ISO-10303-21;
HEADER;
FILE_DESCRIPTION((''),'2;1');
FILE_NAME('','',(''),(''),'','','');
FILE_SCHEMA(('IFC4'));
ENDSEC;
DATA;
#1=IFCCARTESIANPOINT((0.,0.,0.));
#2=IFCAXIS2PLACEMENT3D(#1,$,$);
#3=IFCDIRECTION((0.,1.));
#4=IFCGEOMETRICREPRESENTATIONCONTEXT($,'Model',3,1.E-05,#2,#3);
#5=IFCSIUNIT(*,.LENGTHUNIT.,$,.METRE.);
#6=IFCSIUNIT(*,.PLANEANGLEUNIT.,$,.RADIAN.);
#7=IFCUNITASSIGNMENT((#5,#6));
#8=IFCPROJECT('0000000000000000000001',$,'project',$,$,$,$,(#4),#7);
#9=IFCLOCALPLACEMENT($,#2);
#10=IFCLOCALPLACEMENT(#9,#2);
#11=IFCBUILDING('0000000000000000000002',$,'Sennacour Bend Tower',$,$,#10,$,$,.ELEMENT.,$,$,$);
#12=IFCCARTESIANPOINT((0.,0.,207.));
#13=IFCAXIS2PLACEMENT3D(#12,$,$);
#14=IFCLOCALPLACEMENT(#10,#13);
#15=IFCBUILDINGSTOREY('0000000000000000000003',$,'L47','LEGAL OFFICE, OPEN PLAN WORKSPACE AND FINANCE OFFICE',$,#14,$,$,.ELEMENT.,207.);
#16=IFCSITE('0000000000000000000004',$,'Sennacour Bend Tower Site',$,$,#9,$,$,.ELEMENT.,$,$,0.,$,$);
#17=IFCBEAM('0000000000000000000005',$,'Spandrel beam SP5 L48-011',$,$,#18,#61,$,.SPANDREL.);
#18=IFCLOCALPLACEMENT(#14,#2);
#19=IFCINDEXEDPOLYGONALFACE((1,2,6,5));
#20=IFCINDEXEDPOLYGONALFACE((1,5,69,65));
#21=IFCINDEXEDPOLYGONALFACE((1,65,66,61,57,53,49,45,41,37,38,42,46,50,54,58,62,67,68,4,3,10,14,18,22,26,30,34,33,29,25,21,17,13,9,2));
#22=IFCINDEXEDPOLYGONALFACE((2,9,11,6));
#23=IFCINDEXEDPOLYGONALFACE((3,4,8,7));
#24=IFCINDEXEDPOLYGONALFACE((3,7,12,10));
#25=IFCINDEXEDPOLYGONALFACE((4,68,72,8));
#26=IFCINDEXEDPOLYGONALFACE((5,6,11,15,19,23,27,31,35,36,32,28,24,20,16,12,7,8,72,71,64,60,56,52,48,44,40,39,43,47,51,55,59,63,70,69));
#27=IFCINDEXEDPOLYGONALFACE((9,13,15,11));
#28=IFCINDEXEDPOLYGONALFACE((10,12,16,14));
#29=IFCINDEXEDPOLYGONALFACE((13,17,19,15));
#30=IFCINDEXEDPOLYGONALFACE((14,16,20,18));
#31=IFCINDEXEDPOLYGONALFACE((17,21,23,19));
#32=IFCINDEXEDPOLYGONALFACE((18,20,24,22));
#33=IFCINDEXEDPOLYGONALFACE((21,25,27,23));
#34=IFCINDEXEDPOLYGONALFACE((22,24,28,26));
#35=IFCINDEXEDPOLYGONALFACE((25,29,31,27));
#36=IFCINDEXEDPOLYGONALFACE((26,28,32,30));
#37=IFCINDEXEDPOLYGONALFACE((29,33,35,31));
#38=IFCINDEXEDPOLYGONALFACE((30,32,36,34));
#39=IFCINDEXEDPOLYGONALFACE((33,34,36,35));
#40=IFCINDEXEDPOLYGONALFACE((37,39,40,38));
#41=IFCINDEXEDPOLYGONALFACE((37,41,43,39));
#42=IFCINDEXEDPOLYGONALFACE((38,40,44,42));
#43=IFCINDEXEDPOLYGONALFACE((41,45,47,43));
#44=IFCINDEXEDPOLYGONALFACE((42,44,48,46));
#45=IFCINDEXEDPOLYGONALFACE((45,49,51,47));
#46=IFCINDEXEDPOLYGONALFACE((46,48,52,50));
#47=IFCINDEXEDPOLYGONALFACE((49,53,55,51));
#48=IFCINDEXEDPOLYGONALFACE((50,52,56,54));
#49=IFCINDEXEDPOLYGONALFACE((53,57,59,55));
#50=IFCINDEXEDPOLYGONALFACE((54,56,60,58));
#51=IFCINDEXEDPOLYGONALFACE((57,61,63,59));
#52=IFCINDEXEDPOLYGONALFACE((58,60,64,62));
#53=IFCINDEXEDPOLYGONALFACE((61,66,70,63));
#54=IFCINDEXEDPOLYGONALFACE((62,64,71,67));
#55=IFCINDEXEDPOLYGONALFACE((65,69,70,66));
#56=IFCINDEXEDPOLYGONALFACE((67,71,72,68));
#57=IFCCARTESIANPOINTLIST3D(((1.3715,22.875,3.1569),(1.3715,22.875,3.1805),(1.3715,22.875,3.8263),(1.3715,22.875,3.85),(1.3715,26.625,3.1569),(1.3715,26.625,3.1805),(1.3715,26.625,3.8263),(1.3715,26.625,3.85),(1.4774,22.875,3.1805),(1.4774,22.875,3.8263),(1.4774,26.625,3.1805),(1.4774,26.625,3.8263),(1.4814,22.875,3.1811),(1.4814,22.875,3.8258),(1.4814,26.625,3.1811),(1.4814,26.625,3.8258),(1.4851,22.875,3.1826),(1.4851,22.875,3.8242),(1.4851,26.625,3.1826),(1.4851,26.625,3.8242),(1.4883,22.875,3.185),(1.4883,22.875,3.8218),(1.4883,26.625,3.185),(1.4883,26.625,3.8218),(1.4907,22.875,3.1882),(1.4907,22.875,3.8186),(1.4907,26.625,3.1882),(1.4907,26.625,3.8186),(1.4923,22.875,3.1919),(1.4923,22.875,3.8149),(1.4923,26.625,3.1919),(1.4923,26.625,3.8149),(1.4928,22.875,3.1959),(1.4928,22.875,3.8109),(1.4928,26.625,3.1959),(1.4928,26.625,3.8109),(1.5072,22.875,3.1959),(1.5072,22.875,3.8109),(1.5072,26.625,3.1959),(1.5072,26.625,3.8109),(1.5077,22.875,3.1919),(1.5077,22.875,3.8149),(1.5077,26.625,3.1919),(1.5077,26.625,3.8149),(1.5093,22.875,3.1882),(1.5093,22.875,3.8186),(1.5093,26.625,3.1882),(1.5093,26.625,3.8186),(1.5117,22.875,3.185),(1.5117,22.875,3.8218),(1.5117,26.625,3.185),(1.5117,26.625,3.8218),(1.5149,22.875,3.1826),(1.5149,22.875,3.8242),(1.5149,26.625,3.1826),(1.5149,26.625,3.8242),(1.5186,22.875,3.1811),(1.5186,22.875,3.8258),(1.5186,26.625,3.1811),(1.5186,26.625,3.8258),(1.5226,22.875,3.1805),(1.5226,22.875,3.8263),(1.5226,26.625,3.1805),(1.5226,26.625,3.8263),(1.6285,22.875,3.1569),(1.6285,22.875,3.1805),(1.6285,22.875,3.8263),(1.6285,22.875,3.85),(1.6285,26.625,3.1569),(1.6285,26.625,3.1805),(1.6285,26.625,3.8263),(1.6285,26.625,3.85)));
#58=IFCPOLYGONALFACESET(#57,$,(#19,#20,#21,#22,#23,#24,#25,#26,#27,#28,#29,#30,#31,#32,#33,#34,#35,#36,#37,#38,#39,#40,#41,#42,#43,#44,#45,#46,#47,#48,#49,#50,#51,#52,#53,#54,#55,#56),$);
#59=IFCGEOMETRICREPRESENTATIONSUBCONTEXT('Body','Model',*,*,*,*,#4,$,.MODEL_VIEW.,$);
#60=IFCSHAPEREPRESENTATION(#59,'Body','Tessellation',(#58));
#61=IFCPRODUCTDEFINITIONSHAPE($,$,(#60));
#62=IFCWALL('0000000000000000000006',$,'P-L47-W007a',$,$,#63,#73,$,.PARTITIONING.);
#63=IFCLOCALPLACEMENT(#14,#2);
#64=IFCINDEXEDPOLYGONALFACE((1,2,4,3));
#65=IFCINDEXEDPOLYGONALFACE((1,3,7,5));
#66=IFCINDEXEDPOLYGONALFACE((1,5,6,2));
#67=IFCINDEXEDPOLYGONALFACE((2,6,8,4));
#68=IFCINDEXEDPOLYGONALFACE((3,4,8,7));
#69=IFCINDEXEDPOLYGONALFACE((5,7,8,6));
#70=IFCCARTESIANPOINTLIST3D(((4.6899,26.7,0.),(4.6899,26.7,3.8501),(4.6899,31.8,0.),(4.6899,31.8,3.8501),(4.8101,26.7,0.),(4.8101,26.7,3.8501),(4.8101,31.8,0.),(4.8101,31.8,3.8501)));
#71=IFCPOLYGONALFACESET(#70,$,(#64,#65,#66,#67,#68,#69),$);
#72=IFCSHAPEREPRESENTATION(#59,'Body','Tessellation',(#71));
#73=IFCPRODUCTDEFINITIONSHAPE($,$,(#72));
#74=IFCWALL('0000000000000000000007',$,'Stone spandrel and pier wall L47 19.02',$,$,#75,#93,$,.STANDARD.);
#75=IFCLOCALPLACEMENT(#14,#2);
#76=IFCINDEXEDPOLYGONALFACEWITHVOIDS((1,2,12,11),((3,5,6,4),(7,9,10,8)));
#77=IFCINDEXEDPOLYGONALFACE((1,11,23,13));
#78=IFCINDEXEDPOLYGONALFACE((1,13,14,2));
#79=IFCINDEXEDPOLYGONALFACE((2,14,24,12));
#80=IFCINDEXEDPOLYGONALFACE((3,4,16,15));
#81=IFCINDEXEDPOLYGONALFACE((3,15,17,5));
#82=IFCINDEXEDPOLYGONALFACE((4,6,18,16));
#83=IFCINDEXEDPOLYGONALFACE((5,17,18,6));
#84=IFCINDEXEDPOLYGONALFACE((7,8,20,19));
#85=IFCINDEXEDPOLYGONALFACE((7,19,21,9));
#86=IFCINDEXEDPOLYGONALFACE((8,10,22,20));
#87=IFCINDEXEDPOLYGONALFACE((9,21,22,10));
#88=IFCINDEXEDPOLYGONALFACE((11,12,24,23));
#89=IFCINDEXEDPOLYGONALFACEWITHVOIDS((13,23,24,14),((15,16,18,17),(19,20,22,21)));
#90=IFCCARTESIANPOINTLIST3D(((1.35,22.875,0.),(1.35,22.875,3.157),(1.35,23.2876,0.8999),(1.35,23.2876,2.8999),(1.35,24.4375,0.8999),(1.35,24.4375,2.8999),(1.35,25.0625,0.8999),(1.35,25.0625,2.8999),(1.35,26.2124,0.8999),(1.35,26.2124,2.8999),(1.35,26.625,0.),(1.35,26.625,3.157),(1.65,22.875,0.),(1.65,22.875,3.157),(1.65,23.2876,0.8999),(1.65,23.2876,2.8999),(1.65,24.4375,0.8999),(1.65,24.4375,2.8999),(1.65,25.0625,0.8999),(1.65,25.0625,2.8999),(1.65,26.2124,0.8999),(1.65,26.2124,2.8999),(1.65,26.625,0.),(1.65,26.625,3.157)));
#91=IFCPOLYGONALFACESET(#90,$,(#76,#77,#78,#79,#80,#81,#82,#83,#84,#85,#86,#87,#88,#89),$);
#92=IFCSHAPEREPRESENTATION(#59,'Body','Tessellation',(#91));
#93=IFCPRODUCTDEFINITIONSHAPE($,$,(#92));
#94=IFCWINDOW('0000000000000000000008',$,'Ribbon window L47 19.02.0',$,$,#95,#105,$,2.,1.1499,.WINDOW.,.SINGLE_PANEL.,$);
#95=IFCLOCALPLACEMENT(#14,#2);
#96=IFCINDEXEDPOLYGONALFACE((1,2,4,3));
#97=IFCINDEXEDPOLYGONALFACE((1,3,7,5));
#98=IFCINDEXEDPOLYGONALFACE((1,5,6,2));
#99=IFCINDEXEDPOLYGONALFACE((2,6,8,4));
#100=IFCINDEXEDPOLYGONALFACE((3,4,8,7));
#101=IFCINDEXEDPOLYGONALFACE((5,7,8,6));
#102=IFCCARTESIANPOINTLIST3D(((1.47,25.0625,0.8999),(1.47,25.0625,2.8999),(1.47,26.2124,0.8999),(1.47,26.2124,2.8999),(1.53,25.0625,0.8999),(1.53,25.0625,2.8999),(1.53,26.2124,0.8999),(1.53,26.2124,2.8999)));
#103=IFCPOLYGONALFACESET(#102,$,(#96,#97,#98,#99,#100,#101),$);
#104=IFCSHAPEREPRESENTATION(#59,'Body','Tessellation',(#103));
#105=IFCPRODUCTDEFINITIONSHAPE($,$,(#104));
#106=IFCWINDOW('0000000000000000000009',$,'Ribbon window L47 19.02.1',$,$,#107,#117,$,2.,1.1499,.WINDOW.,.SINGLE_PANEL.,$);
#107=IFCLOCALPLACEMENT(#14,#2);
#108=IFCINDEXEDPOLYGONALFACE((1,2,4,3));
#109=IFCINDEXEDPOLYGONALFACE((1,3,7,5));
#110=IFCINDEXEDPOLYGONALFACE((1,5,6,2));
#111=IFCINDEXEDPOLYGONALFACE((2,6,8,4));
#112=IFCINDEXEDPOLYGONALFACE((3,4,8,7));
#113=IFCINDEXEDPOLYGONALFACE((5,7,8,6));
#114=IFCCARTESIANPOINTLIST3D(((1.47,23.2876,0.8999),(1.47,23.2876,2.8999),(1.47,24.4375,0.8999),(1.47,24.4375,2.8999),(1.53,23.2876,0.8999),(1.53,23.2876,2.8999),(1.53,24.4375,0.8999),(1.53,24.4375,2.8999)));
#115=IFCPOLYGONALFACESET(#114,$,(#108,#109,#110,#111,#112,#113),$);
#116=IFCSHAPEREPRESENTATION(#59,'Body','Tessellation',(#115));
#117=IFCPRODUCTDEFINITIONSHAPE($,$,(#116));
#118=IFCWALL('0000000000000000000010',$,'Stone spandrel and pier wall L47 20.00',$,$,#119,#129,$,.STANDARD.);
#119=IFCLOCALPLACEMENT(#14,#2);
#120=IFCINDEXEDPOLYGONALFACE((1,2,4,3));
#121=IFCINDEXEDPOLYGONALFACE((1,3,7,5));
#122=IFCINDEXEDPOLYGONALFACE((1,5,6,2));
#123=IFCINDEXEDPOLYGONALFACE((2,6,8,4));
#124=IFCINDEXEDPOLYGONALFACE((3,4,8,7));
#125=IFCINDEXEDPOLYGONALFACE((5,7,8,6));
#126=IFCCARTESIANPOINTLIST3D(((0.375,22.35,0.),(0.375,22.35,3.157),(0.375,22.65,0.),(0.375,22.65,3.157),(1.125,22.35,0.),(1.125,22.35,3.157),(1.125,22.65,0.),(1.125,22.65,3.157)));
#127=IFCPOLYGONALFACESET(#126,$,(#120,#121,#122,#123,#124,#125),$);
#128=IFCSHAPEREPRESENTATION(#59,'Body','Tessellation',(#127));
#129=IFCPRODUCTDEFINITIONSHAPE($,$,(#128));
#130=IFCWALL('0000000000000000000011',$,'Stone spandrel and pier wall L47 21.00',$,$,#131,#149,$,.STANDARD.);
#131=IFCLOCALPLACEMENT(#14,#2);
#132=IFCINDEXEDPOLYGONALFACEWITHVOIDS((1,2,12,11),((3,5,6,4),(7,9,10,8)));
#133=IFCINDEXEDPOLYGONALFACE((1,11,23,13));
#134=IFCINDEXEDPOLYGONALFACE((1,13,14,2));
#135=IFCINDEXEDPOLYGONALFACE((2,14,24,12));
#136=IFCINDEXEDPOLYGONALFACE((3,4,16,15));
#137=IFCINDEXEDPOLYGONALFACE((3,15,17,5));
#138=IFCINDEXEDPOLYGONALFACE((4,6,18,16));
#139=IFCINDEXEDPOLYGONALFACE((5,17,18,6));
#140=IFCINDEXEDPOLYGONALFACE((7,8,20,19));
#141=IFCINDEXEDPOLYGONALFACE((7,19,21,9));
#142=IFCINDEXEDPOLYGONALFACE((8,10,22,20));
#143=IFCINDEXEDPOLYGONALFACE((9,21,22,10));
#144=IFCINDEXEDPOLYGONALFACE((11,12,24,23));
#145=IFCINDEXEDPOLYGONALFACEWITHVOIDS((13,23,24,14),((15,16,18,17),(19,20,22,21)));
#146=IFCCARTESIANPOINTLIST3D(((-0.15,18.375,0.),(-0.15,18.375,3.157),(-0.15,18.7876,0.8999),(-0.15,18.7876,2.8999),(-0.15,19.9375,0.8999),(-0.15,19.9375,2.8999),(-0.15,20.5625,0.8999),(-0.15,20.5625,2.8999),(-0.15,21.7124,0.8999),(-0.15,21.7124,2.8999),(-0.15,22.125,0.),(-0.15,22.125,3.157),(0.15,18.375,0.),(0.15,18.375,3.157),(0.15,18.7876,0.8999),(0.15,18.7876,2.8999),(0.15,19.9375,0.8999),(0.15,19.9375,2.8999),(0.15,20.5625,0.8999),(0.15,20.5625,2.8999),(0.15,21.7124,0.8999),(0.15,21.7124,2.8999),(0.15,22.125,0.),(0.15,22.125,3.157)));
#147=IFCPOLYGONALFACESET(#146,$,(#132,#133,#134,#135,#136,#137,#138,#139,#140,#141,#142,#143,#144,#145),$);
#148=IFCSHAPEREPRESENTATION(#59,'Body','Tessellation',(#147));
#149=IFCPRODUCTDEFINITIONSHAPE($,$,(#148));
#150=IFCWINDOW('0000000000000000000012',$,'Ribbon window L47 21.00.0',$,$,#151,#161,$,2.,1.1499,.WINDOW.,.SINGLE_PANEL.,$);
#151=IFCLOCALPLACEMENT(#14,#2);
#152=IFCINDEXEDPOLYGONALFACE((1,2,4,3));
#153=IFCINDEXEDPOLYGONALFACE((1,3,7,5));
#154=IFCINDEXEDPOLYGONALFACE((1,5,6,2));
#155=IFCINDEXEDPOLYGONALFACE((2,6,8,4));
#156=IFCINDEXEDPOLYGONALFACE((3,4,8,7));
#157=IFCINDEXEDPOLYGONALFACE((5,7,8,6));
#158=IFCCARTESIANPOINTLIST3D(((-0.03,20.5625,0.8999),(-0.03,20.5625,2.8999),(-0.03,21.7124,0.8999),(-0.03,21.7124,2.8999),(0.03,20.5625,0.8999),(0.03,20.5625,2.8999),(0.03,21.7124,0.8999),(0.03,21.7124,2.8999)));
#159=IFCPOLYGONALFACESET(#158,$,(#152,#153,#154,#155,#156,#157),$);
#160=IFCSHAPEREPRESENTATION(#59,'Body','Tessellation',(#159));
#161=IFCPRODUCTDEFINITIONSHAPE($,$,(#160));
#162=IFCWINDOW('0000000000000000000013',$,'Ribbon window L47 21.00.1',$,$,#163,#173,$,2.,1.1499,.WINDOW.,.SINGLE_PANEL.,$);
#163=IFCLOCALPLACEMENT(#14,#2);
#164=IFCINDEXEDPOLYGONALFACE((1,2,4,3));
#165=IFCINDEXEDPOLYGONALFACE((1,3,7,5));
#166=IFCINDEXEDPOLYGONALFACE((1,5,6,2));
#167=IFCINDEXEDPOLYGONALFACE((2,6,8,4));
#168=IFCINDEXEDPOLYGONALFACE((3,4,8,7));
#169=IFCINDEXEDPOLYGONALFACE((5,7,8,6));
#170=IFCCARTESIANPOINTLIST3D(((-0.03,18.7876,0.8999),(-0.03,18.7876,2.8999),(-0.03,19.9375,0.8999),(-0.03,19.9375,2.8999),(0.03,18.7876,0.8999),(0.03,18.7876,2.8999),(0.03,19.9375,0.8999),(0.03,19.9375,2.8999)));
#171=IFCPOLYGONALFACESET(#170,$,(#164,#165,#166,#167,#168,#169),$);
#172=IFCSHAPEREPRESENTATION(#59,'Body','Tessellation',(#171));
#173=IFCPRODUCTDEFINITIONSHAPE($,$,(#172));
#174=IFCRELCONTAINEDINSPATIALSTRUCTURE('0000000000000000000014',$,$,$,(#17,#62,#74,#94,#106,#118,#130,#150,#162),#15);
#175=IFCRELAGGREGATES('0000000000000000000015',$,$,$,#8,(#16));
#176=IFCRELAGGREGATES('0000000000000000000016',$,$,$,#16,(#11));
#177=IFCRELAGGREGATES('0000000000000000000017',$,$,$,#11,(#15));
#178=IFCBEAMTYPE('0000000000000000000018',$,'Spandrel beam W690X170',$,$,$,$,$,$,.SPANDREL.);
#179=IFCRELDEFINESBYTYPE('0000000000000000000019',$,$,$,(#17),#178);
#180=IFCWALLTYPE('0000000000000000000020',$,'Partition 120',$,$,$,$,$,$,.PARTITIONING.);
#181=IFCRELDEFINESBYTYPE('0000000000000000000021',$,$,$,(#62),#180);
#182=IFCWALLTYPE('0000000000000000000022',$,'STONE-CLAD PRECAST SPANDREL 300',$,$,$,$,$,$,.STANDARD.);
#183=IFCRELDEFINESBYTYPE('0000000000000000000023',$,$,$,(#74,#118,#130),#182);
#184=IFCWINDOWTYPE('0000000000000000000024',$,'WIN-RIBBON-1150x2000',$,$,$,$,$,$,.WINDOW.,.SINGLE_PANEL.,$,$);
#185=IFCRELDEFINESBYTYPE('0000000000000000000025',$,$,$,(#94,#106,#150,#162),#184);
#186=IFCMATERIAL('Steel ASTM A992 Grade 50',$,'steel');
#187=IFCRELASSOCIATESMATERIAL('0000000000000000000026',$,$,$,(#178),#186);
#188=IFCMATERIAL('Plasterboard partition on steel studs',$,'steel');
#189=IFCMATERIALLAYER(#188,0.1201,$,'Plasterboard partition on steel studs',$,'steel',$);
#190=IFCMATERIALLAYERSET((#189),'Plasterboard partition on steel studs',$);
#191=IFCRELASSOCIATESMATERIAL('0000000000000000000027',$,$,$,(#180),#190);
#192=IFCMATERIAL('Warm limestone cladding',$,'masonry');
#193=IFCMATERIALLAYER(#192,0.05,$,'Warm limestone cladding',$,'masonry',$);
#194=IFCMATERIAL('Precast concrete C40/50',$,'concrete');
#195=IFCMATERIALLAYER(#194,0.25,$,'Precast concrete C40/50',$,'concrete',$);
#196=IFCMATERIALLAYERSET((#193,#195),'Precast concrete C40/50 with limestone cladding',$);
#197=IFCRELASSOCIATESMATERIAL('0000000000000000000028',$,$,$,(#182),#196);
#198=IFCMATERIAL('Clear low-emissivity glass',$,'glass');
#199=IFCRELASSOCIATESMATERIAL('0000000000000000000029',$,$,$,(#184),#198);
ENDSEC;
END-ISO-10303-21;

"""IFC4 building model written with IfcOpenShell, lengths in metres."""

from ifc_helpers import new_model, si_unit, direction, frame, frame_2d, origin, origin_2d, place, context, subcontext, project, spatial, rectangle, i_section, extrude, material, layer, layer_set, material_profile, profile_set, type_object, element, fill, save


model = new_model("IFC4")

# Units and contexts
model_context = context("Model", 3, precision=1e-05, world=origin(), true_north=direction((0.0, 1.0)))
body_context = subcontext(model_context, "Body", "Model", "MODEL_VIEW")
ifc_project = project(units=[si_unit("LENGTHUNIT", "METRE"), si_unit("PLANEANGLEUNIT", "RADIAN")], contexts=[model_context])

# Site, building, storey
site_placement = place(None, origin())
site = spatial("IfcSite", under=ifc_project, at=site_placement, Name="Sennacour Bend Tower Site", CompositionType="ELEMENT", RefElevation=0.0)
building_placement = place(site_placement, origin())
building = spatial("IfcBuilding", under=site, at=building_placement, Name="Sennacour Bend Tower", CompositionType="ELEMENT")
storey_placement = place(building_placement, frame((0.0, 0.0, 207.0)))
storey = spatial("IfcBuildingStorey", under=building, at=storey_placement, Name="L47", Description="LEGAL OFFICE, OPEN PLAN WORKSPACE AND FINANCE OFFICE", CompositionType="ELEMENT", Elevation=207.0)

# Beam
ifc_material_1 = material(Name="Steel ASTM A992 Grade 50", Category="steel")
ifc_material_profile_1 = material_profile(ifc_material_1, i_section(OverallWidth=0.2571, OverallDepth=0.6931, WebThickness=0.0144, FlangeThickness=0.0237, FilletRadius=0.0154, at=origin_2d()), Name="Steel ASTM A992 Grade 50", Category="steel")
ifc_profile_set_1 = profile_set([ifc_material_profile_1], Name="Steel ASTM A992 Grade 50")
beam_type_1 = type_object("IfcBeamType", Name="Spandrel beam W690X170", PredefinedType="SPANDREL", material=ifc_profile_set_1)
beam_1_placement = place(storey_placement, frame((1.5, 22.875, 3.5034), z_axis=(0.0, 1.0, 0.0), x_axis=(-1.0, 0.0, 0.0)))
element("IfcBeam", 1, at=beam_1_placement, inside=storey, type_object=beam_type_1, Name="Spandrel beam SP5 L48-011", PredefinedType="SPANDREL", context=body_context, shape_type="SweptSolid", body=[
    extrude(i_section(OverallWidth=0.2571, OverallDepth=0.6931, WebThickness=0.0144, FlangeThickness=0.0237, FilletRadius=0.0154, at=origin_2d()), origin(), (0.0, 0.0, 1.0), 3.75),
])

# Wall
ifc_material_2 = material(Name="Plasterboard partition on steel studs", Category="steel")
ifc_layer_1 = layer(ifc_material_2, 0.1201, Name="Plasterboard partition on steel studs", Category="steel")
ifc_layer_set_1 = layer_set([ifc_layer_1], Name="Plasterboard partition on steel studs")
wall_type_1 = type_object("IfcWallType", Name="Partition 120", PredefinedType="PARTITIONING", material=ifc_layer_set_1)
wall_1_placement = place(storey_placement, frame((4.75, 26.7, 0.0), z_axis=(0.0, 0.0, 1.0), x_axis=(0.0, 1.0, 0.0)))
element("IfcWall", 2, at=wall_1_placement, inside=storey, type_object=wall_type_1, Name="P-L47-W007a", PredefinedType="PARTITIONING", context=body_context, shape_type="SweptSolid", body=[
    extrude(rectangle(XDim=5.1001, YDim=0.1201, at=frame_2d((2.55, 0.0))), origin(), (0.0, 0.0, 1.0), 3.8501),
])

# Wall, openings, windows
ifc_material_3 = material(Name="Warm limestone cladding", Category="masonry")
ifc_layer_2 = layer(ifc_material_3, 0.05, Name="Warm limestone cladding", Category="masonry")
ifc_material_4 = material(Name="Precast concrete C40/50", Category="concrete")
ifc_layer_3 = layer(ifc_material_4, 0.25, Name="Precast concrete C40/50", Category="concrete")
ifc_layer_set_2 = layer_set([ifc_layer_2, ifc_layer_3], Name="Precast concrete C40/50 with limestone cladding")
wall_type_2 = type_object("IfcWallType", Name="STONE-CLAD PRECAST SPANDREL 300", PredefinedType="STANDARD", material=ifc_layer_set_2)
wall_2_placement = place(storey_placement, frame((1.5, 26.625, 0.0), z_axis=(0.0, 0.0, 1.0), x_axis=(0.0, -1.0, 0.0)))
wall_2 = element("IfcWall", 3, at=wall_2_placement, inside=storey, type_object=wall_type_2, Name="Stone spandrel and pier wall L47 19.02", PredefinedType="STANDARD", context=body_context, shape_type="SweptSolid", body=[
    extrude(rectangle(XDim=3.75, YDim=0.3, at=frame_2d((1.875, 0.0))), origin(), (0.0, 0.0, 1.0), 3.157),
])
opening_1_placement = place(wall_2_placement, frame((0.4126, 0.0, 0.8999)))
opening_1 = element("IfcOpeningElement", 4, at=opening_1_placement, cuts=wall_2, PredefinedType="OPENING", context=body_context, shape_type="SweptSolid", body=[
    extrude(rectangle(XDim=1.1499, YDim=2.0, at=frame_2d((0.575, 1.0))), frame((0.0, 0.1602, 0.0), z_axis=(0.0, -1.0, 0.0), x_axis=(1.0, 0.0, 0.0)), (0.0, 0.0, 1.0), 0.3201),
])
opening_2_placement = place(wall_2_placement, frame((2.1875, 0.0, 0.8999)))
opening_2 = element("IfcOpeningElement", 5, at=opening_2_placement, cuts=wall_2, PredefinedType="OPENING", context=body_context, shape_type="SweptSolid", body=[
    extrude(rectangle(XDim=1.1499, YDim=2.0, at=frame_2d((0.575, 1.0))), frame((0.0, 0.1602, 0.0), z_axis=(0.0, -1.0, 0.0), x_axis=(1.0, 0.0, 0.0)), (0.0, 0.0, 1.0), 0.3201),
])
ifc_material_5 = material(Name="Clear low-emissivity glass", Category="glass")
window_type = type_object("IfcWindowType", Name="WIN-RIBBON-1150x2000", PartitioningType="SINGLE_PANEL", PredefinedType="WINDOW", material=ifc_material_5)
window_1_placement = place(opening_1_placement, origin())
window_1 = element("IfcWindow", 6, at=window_1_placement, inside=storey, type_object=window_type, Name="Ribbon window L47 19.02.0", OverallHeight=2.0, OverallWidth=1.1499, PartitioningType="SINGLE_PANEL", PredefinedType="WINDOW", context=body_context, shape_type="SweptSolid", body=[
    extrude(rectangle(XDim=1.1499, YDim=2.0, at=frame_2d((0.575, 1.0))), frame((0.0, 0.03, 0.0), z_axis=(0.0, -1.0, 0.0), x_axis=(1.0, 0.0, 0.0)), (0.0, 0.0, 1.0), 0.0601),
])
fill(opening_1, window_1)
window_2_placement = place(opening_2_placement, origin())
window_2 = element("IfcWindow", 7, at=window_2_placement, inside=storey, type_object=window_type, Name="Ribbon window L47 19.02.1", OverallHeight=2.0, OverallWidth=1.1499, PartitioningType="SINGLE_PANEL", PredefinedType="WINDOW", context=body_context, shape_type="SweptSolid", body=[
    extrude(rectangle(XDim=1.1499, YDim=2.0, at=frame_2d((0.575, 1.0))), frame((0.0, 0.03, 0.0), z_axis=(0.0, -1.0, 0.0), x_axis=(1.0, 0.0, 0.0)), (0.0, 0.0, 1.0), 0.0601),
])
fill(opening_2, window_2)

# Wall
wall_3_placement = place(storey_placement, frame((1.125, 22.5, 0.0), z_axis=(0.0, 0.0, 1.0), x_axis=(-1.0, 0.0, 0.0)))
element("IfcWall", 8, at=wall_3_placement, inside=storey, type_object=wall_type_2, Name="Stone spandrel and pier wall L47 20.00", PredefinedType="STANDARD", context=body_context, shape_type="SweptSolid", body=[
    extrude(rectangle(XDim=0.75, YDim=0.3, at=frame_2d((0.375, 0.0))), origin(), (0.0, 0.0, 1.0), 3.157),
])

# Wall, openings, windows
wall_4_placement = place(storey_placement, frame((0.0, 22.125, 0.0), z_axis=(0.0, 0.0, 1.0), x_axis=(0.0, -1.0, 0.0)))
wall_4 = element("IfcWall", 9, at=wall_4_placement, inside=storey, type_object=wall_type_2, Name="Stone spandrel and pier wall L47 21.00", PredefinedType="STANDARD", context=body_context, shape_type="SweptSolid", body=[
    extrude(rectangle(XDim=3.75, YDim=0.3, at=frame_2d((1.875, 0.0))), origin(), (0.0, 0.0, 1.0), 3.157),
])
opening_3_placement = place(wall_4_placement, frame((0.4126, 0.0, 0.8999)))
opening_3 = element("IfcOpeningElement", 10, at=opening_3_placement, cuts=wall_4, PredefinedType="OPENING", context=body_context, shape_type="SweptSolid", body=[
    extrude(rectangle(XDim=1.1499, YDim=2.0, at=frame_2d((0.575, 1.0))), frame((0.0, 0.1602, 0.0), z_axis=(0.0, -1.0, 0.0), x_axis=(1.0, 0.0, 0.0)), (0.0, 0.0, 1.0), 0.3201),
])
opening_4_placement = place(wall_4_placement, frame((2.1875, 0.0, 0.8999)))
opening_4 = element("IfcOpeningElement", 11, at=opening_4_placement, cuts=wall_4, PredefinedType="OPENING", context=body_context, shape_type="SweptSolid", body=[
    extrude(rectangle(XDim=1.1499, YDim=2.0, at=frame_2d((0.575, 1.0))), frame((0.0, 0.1602, 0.0), z_axis=(0.0, -1.0, 0.0), x_axis=(1.0, 0.0, 0.0)), (0.0, 0.0, 1.0), 0.3201),
])
window_3_placement = place(opening_3_placement, origin())
window_3 = element("IfcWindow", 12, at=window_3_placement, inside=storey, type_object=window_type, Name="Ribbon window L47 21.00.0", OverallHeight=2.0, OverallWidth=1.1499, PartitioningType="SINGLE_PANEL", PredefinedType="WINDOW", context=body_context, shape_type="SweptSolid", body=[
    extrude(rectangle(XDim=1.1499, YDim=2.0, at=frame_2d((0.575, 1.0))), frame((0.0, 0.03, 0.0), z_axis=(0.0, -1.0, 0.0), x_axis=(1.0, 0.0, 0.0)), (0.0, 0.0, 1.0), 0.0601),
])
fill(opening_3, window_3)
window_4_placement = place(opening_4_placement, origin())
window_4 = element("IfcWindow", 13, at=window_4_placement, inside=storey, type_object=window_type, Name="Ribbon window L47 21.00.1", OverallHeight=2.0, OverallWidth=1.1499, PartitioningType="SINGLE_PANEL", PredefinedType="WINDOW", context=body_context, shape_type="SweptSolid", body=[
    extrude(rectangle(XDim=1.1499, YDim=2.0, at=frame_2d((0.575, 1.0))), frame((0.0, 0.03, 0.0), z_axis=(0.0, -1.0, 0.0), x_axis=(1.0, 0.0, 0.0)), (0.0, 0.0, 1.0), 0.0601),
])
fill(opening_4, window_4)

save(model, "model.ifc")
